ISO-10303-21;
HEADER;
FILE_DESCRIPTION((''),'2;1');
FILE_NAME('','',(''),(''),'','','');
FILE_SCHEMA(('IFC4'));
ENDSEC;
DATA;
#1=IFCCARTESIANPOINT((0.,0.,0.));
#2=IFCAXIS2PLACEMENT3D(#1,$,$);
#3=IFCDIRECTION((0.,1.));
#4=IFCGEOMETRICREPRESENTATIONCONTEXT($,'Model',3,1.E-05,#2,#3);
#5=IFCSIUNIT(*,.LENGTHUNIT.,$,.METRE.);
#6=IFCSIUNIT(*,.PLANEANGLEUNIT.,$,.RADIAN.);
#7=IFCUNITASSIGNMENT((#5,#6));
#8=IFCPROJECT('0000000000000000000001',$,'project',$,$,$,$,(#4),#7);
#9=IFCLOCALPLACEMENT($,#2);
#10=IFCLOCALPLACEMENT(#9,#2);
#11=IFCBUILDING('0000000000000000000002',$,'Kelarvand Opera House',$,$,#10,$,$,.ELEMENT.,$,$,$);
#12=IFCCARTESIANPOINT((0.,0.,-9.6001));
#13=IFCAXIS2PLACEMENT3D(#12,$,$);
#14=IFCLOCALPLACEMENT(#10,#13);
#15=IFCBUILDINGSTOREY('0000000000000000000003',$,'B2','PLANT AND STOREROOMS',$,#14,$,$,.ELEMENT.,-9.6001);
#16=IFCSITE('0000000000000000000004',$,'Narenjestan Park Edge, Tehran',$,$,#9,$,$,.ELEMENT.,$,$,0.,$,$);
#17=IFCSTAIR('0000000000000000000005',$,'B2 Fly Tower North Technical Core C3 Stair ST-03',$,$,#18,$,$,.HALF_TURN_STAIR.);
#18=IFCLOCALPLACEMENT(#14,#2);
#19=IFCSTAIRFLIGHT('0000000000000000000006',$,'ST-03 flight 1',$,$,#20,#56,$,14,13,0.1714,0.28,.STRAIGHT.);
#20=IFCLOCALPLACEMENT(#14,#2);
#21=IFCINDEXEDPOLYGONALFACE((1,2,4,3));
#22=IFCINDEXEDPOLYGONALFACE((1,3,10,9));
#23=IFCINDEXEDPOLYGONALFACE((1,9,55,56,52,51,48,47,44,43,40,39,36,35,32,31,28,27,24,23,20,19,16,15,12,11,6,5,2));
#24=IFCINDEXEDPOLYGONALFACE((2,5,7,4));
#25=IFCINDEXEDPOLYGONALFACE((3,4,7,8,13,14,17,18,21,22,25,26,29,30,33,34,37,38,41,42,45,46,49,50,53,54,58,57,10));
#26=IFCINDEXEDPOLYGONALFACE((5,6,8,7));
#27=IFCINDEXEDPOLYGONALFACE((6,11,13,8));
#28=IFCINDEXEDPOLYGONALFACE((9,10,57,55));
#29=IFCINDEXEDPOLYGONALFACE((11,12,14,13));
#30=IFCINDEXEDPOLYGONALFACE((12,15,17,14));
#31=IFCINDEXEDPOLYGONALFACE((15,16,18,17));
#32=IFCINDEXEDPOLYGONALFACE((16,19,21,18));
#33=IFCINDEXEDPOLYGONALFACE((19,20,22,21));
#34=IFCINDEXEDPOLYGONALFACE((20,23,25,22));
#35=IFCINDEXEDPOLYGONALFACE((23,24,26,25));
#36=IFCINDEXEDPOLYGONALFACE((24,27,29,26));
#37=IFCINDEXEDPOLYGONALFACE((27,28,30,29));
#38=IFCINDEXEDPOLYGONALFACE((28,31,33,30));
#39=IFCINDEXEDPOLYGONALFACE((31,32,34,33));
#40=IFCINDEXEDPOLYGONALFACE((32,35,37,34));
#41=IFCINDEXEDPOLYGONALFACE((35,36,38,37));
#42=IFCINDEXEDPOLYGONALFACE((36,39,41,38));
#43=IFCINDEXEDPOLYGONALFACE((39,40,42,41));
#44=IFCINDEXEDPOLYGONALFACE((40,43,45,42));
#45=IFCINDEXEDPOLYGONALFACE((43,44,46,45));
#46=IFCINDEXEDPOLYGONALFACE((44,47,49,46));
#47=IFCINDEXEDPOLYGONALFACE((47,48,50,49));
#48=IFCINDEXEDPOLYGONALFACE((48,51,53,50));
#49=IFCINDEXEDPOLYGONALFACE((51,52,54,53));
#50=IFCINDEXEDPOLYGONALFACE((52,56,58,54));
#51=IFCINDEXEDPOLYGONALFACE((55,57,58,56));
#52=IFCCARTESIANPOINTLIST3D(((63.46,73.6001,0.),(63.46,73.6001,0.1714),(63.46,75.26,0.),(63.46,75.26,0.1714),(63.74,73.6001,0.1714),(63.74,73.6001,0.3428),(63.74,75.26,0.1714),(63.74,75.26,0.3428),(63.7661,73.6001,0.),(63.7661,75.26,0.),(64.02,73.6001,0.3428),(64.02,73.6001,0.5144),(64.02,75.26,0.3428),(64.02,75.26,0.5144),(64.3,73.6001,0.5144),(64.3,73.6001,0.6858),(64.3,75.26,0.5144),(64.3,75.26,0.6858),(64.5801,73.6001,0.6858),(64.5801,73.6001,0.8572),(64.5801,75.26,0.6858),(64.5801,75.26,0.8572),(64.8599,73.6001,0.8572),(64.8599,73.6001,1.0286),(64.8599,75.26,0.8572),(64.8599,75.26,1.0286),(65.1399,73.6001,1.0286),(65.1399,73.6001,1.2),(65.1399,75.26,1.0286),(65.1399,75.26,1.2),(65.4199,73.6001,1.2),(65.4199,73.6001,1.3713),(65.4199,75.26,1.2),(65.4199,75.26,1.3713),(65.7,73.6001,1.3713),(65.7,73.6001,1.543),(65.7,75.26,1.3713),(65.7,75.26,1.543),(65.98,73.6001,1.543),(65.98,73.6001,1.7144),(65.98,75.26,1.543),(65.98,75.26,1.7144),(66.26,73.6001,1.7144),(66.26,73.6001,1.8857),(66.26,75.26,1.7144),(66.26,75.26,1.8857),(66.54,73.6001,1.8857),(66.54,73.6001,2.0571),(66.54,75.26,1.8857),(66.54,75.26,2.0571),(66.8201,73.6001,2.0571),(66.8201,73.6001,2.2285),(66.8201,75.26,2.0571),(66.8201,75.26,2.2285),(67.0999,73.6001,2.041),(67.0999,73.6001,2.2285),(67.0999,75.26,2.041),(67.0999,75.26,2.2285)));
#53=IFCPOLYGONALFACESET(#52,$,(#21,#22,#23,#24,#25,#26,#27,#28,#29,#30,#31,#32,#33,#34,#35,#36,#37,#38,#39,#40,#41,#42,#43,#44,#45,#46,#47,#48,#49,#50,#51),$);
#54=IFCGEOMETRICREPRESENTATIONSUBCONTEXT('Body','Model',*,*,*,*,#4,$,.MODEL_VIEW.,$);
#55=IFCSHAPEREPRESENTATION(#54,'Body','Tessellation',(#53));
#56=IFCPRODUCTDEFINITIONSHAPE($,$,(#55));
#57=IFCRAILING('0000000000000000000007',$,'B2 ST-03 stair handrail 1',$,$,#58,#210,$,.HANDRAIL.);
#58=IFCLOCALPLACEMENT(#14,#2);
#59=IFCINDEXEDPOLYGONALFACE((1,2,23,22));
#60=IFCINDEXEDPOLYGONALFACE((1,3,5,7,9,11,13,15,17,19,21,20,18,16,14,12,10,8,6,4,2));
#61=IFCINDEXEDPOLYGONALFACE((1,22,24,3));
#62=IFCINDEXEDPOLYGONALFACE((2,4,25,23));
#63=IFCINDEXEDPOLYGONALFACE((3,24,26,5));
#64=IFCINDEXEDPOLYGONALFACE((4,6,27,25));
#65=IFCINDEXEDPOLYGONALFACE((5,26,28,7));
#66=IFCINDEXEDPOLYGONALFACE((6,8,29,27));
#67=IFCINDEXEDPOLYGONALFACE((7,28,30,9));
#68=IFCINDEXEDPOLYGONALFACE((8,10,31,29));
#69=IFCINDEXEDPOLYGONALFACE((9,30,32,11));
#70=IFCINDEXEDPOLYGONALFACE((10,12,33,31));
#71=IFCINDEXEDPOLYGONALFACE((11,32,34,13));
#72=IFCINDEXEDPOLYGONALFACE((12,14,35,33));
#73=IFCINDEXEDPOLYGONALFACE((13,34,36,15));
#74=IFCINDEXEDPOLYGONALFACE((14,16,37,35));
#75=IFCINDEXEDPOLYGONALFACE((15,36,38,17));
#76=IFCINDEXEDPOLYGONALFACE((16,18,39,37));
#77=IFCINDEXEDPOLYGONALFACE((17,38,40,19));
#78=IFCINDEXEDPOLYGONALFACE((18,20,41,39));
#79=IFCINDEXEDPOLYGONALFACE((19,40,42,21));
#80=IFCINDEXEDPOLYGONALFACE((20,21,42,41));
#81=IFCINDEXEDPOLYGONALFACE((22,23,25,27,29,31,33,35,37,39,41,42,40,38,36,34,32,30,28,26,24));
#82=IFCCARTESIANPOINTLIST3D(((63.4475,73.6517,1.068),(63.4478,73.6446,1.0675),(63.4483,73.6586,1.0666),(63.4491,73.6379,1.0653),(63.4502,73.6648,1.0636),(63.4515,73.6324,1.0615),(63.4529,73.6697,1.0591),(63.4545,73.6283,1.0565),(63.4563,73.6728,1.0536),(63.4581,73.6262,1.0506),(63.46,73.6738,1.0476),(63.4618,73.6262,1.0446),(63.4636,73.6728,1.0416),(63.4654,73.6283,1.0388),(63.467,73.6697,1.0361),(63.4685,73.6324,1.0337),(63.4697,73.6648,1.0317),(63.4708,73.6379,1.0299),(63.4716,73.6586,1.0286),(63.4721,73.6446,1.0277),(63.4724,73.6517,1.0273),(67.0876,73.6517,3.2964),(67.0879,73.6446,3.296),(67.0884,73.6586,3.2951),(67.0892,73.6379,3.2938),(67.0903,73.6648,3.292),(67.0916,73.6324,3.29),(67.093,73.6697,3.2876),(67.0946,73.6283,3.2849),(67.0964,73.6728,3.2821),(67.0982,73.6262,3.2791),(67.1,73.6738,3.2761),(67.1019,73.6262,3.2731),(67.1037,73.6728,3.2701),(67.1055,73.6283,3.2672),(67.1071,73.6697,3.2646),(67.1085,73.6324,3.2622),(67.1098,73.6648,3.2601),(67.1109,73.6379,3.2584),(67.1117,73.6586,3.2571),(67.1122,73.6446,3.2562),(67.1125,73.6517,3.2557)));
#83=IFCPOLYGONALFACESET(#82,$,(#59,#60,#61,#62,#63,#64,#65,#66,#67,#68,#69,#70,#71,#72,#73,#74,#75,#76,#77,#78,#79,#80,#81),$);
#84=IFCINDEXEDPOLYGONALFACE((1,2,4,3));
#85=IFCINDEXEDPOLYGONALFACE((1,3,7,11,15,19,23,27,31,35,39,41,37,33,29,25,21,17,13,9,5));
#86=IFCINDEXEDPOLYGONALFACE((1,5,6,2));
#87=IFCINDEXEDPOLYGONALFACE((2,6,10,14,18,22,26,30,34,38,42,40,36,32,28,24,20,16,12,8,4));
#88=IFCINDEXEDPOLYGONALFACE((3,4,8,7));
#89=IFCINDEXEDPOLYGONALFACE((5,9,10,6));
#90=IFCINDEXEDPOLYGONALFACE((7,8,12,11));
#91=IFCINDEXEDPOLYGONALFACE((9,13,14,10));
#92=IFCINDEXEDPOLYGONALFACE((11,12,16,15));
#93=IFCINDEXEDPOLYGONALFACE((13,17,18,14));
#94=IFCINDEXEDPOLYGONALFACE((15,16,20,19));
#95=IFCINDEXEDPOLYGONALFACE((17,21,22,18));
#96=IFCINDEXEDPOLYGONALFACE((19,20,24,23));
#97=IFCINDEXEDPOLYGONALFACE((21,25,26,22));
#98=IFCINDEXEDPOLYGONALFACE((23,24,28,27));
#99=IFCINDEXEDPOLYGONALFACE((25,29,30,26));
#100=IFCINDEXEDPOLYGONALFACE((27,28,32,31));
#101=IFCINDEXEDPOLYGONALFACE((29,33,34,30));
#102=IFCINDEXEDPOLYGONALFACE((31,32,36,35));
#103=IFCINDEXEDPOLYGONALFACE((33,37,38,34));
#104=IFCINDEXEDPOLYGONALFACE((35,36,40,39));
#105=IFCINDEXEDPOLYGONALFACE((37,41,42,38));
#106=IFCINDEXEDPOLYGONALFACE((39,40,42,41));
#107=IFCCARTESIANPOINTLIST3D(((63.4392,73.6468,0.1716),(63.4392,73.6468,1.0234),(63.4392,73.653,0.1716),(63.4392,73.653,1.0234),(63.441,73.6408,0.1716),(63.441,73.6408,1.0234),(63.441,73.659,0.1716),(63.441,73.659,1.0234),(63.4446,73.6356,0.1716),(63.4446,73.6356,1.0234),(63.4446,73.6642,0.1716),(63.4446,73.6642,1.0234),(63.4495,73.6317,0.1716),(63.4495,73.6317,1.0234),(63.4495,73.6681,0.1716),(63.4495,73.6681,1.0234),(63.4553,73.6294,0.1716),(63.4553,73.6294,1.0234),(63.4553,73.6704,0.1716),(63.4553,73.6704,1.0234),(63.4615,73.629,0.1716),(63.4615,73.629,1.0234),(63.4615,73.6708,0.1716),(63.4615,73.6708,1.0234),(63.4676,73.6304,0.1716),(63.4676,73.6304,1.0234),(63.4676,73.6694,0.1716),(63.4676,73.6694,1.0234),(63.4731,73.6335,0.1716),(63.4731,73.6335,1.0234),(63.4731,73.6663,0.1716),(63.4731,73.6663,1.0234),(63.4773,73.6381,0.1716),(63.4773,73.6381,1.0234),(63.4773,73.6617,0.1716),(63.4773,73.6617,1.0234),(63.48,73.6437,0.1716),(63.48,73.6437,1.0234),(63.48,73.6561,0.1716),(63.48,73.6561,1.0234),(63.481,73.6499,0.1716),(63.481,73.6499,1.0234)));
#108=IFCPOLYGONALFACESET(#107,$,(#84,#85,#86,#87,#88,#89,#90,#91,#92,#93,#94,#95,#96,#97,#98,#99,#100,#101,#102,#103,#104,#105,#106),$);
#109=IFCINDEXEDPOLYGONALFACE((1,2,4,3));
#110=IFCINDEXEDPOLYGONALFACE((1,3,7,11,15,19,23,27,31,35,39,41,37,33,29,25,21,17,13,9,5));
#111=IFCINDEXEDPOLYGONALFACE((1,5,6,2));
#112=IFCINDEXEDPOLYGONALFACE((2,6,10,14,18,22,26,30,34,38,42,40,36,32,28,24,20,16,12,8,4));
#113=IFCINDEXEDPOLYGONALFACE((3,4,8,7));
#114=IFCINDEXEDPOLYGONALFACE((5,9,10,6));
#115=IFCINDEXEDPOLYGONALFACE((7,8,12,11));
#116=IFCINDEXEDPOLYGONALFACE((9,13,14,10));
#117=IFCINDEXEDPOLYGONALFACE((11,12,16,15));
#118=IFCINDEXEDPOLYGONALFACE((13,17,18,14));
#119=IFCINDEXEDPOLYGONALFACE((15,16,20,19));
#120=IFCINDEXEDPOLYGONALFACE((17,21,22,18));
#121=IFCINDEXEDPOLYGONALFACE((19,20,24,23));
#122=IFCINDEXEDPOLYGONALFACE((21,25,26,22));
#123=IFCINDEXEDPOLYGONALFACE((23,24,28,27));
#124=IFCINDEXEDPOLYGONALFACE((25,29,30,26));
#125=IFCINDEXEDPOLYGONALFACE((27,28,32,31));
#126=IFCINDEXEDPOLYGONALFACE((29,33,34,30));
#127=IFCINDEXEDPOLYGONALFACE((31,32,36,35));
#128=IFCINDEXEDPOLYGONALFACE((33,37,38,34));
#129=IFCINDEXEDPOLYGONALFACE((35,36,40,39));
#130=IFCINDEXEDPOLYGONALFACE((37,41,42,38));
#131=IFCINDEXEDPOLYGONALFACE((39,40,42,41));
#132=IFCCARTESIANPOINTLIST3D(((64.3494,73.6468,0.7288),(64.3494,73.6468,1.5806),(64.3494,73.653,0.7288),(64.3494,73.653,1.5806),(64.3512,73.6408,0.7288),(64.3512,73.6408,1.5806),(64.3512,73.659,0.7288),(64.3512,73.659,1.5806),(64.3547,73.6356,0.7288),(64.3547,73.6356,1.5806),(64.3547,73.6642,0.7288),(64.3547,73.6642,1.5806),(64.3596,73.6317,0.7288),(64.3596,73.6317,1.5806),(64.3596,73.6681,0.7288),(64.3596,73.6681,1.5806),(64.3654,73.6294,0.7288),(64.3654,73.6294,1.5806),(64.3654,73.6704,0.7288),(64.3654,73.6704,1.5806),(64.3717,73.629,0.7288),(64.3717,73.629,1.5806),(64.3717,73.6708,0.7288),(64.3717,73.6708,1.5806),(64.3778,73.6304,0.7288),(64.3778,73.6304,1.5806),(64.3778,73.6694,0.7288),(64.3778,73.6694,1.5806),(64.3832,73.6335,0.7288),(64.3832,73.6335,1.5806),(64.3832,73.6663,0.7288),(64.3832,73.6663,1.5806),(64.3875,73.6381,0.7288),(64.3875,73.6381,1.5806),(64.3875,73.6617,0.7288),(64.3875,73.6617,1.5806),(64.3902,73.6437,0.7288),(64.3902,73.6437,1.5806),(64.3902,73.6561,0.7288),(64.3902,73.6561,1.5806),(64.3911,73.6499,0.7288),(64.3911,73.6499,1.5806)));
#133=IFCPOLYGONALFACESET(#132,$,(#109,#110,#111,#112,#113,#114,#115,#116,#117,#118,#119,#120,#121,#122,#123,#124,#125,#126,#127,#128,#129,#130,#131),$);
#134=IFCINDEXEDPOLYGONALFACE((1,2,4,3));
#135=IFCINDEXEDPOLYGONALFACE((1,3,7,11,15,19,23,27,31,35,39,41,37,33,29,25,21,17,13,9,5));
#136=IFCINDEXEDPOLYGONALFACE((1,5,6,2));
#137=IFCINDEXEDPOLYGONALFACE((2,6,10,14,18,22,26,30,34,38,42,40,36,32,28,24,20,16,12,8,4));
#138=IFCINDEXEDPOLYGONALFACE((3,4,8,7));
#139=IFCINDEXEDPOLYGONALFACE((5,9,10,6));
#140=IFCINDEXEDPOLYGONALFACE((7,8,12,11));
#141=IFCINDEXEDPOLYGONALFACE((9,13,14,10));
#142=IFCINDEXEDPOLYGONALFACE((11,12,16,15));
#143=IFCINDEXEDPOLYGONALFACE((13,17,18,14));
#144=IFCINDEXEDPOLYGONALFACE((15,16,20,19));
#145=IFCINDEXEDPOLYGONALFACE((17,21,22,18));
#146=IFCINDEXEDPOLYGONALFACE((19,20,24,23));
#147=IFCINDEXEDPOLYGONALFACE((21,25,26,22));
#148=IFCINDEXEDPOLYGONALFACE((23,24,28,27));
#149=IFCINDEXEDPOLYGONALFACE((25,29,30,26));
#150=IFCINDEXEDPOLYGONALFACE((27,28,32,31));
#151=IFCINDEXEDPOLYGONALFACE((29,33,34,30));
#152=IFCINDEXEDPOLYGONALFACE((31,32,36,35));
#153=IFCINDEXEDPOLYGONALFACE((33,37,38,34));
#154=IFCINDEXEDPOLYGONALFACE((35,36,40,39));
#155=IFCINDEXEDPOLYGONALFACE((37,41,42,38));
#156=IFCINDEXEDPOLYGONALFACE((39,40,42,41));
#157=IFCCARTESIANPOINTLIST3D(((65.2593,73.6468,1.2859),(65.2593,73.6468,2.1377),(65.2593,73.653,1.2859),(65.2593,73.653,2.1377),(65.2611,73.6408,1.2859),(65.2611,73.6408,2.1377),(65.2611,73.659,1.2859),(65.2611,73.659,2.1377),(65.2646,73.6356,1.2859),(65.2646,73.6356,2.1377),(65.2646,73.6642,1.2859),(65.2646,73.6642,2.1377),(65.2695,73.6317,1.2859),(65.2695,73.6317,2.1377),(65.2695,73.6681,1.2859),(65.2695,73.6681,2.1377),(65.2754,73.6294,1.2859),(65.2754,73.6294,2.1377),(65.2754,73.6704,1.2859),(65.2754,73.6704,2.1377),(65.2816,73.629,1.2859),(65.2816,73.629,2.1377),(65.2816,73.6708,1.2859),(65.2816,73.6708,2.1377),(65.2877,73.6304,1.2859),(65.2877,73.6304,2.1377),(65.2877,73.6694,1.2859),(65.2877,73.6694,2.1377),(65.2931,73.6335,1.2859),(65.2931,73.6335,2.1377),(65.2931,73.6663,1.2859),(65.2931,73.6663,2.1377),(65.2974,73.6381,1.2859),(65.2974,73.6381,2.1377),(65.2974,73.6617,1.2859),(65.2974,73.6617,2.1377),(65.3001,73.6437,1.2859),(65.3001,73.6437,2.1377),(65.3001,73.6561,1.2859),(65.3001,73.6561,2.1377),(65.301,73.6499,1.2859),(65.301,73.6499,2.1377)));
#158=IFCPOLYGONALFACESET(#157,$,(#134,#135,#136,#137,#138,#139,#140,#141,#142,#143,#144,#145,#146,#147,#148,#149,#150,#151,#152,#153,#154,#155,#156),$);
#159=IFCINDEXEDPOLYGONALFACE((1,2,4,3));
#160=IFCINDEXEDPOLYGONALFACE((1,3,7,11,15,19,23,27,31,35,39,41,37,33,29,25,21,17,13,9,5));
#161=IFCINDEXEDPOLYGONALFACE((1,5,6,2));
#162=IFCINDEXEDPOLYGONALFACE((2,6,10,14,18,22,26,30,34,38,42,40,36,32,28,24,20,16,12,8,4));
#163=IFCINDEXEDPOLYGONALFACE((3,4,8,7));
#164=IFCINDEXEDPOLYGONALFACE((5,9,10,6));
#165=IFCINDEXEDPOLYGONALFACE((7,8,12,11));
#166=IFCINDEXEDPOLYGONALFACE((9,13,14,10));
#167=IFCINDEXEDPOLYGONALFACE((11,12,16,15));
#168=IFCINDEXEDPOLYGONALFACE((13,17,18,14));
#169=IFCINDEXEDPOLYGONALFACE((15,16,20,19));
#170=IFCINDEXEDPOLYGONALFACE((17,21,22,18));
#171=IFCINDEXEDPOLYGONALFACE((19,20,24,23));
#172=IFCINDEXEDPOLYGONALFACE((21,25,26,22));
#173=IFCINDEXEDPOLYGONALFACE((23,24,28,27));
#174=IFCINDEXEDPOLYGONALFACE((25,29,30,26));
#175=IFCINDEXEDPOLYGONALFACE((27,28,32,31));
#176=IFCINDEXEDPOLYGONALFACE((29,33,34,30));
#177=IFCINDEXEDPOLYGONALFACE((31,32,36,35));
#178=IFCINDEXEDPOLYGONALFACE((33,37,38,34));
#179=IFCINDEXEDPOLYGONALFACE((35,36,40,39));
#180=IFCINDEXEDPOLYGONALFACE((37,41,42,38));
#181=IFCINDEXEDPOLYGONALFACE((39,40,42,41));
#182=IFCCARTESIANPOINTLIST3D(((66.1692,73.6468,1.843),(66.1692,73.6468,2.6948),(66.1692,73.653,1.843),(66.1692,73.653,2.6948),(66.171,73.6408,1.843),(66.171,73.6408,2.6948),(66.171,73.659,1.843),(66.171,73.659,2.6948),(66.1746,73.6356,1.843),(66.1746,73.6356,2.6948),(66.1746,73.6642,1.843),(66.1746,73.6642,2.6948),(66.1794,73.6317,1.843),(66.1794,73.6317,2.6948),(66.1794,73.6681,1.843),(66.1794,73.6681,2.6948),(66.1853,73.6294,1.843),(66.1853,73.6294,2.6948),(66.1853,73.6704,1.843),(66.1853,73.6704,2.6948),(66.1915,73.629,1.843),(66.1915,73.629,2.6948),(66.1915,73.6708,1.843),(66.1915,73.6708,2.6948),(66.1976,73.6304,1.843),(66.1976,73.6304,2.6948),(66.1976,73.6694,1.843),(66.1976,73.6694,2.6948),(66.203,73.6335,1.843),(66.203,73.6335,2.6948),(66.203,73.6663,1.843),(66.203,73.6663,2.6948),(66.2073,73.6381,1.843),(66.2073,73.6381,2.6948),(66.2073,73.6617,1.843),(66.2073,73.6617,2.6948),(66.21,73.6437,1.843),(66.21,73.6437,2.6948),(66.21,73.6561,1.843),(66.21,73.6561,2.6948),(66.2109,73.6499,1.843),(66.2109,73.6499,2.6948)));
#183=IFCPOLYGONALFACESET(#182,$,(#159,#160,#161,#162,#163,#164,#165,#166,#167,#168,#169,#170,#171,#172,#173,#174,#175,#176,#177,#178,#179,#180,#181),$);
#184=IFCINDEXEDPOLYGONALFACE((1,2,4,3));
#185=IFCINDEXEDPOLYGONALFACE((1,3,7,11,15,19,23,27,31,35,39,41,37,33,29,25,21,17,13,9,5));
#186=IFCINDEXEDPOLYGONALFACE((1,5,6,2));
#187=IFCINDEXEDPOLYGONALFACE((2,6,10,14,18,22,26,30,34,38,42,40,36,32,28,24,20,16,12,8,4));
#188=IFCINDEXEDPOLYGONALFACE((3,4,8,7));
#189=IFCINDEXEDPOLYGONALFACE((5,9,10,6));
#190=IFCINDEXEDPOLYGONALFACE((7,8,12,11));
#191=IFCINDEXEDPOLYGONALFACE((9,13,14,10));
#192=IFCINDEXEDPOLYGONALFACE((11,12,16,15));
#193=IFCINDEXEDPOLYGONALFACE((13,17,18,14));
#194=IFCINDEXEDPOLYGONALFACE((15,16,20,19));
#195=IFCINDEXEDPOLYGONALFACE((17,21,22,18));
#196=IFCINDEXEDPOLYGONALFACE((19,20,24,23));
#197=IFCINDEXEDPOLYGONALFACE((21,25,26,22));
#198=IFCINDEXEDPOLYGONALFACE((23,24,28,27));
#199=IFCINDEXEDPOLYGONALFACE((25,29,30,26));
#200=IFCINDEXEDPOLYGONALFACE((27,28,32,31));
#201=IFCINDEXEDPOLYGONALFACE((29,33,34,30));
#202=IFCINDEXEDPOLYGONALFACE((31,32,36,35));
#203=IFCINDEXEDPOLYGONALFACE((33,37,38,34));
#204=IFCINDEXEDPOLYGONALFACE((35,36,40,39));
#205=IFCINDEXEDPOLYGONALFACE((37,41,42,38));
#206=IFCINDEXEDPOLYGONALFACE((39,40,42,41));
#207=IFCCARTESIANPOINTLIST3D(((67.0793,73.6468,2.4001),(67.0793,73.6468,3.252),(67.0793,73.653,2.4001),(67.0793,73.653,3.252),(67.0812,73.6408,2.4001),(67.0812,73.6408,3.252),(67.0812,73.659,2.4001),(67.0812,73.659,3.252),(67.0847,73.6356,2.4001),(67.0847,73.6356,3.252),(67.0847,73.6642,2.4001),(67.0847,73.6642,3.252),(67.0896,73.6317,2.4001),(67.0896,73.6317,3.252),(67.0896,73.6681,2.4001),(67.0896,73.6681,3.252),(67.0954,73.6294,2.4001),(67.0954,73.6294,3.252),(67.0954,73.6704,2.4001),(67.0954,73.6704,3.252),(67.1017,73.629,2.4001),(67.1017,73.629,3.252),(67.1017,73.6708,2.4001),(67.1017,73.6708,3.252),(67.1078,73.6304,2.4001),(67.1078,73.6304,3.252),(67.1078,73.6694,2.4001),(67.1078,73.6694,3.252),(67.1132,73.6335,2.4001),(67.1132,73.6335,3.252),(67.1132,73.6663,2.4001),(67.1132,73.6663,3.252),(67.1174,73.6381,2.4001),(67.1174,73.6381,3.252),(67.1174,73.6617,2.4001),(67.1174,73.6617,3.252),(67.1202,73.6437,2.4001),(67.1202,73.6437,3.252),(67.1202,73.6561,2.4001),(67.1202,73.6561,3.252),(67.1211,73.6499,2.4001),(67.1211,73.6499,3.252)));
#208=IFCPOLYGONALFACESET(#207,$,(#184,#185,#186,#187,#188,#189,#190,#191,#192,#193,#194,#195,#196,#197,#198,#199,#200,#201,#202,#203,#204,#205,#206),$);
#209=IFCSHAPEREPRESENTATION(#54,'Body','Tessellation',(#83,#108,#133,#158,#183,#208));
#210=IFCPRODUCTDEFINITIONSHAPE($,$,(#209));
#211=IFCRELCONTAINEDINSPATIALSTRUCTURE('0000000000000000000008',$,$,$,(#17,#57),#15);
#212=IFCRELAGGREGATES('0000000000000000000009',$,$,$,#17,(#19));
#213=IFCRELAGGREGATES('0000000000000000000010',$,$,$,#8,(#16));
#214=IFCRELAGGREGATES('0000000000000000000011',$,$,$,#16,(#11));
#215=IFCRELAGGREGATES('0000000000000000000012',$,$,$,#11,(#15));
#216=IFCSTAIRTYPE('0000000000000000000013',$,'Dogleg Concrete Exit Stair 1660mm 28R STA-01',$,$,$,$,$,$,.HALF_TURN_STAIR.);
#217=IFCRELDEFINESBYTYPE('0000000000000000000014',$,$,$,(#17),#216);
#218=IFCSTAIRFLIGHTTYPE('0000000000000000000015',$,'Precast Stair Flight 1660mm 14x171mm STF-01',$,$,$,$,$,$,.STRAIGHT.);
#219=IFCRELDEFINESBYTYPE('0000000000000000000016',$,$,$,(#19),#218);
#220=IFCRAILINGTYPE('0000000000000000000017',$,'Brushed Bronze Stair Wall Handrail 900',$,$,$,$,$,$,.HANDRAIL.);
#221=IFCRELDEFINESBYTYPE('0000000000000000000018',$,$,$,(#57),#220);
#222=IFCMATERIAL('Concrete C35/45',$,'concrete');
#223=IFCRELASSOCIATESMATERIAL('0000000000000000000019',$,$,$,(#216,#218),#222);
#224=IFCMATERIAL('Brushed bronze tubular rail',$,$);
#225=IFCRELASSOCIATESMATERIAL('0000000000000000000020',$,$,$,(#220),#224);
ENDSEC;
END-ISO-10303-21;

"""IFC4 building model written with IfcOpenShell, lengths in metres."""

from ifc_helpers import new_model, si_unit, direction, frame, origin, origin_2d, place, context, subcontext, project, spatial, polyline, circle, outline, extrude, material, type_object, element, aggregate, save


model = new_model("IFC4")

# Units and contexts
model_context = context("Model", 3, precision=1e-05, world=origin(), true_north=direction((0.0, 1.0)))
body_context = subcontext(model_context, "Body", "Model", "MODEL_VIEW")
ifc_project = project(units=[si_unit("LENGTHUNIT", "METRE"), si_unit("PLANEANGLEUNIT", "RADIAN")], contexts=[model_context])

# Site, building, storey
site_placement = place(None, origin())
site = spatial("IfcSite", under=ifc_project, at=site_placement, Name="Narenjestan Park Edge, Tehran", CompositionType="ELEMENT", RefElevation=0.0)
building_placement = place(site_placement, origin())
building = spatial("IfcBuilding", under=site, at=building_placement, Name="Kelarvand Opera House", CompositionType="ELEMENT")
storey_placement = place(building_placement, frame((0.0, 0.0, -9.6001)))
storey = spatial("IfcBuildingStorey", under=building, at=storey_placement, Name="B2", Description="PLANT AND STOREROOMS", CompositionType="ELEMENT", Elevation=-9.6001)

# Shared definitions
ifc_material_1 = material(Name="Concrete C35/45", Category="concrete")

# Stair, stair flight
stair_type = type_object("IfcStairType", Name="Dogleg Concrete Exit Stair 1660mm 28R STA-01", PredefinedType="HALF_TURN_STAIR", material=ifc_material_1)
stair_placement = place(storey_placement, origin())
stair = element("IfcStair", 1, at=stair_placement, inside=storey, type_object=stair_type, Name="B2 Fly Tower North Technical Core C3 Stair ST-03", PredefinedType="HALF_TURN_STAIR")
stair_flight_type = type_object("IfcStairFlightType", Name="Precast Stair Flight 1660mm 14x171mm STF-01", PredefinedType="STRAIGHT", material=ifc_material_1)
stair_flight_placement = place(storey_placement, frame((63.46, 74.4299, 0.0), z_axis=(0.0, 0.0, 1.0), x_axis=(1.0, 0.0, 0.0)))
stair_flight = element("IfcStairFlight", 2, at=stair_flight_placement, type_object=stair_flight_type, Name="ST-03 flight 1", NumberOfRisers=14, NumberOfTreads=13, PredefinedType="STRAIGHT", RiserHeight=0.1714, TreadLength=0.28, context=body_context, shape_type="SweptSolid", body=[
    extrude(outline(polyline([(0.0, 0.0), (0.0, 0.1714), (0.28, 0.1714), (0.28, 0.3428), (0.5601, 0.3428), (0.5601, 0.5144), (0.8401, 0.5144), (0.8401, 0.6858), (1.1201, 0.6858), (1.1201, 0.8572), (1.3999, 0.8572), (1.3999, 1.0286), (1.6799, 1.0286), (1.6799, 1.2), (1.96, 1.2), (1.96, 1.3713), (2.24, 1.3713), (2.24, 1.543), (2.52, 1.543), (2.52, 1.7144), (2.8, 1.7144), (2.8, 1.8857), (3.0801, 1.8857), (3.0801, 2.0571), (3.3601, 2.0571), (3.3601, 2.2285), (3.6399, 2.2285), (3.6399, 2.3999), (3.6399, 2.041), (0.3062, 0.0), (0.0, 0.0)])), frame((0.0, 0.8301, 0.0), z_axis=(0.0, -1.0, 0.0), x_axis=(1.0, 0.0, 0.0)), (0.0, 0.0, 1.0), 1.6599),
])
aggregate(stair, [stair_flight])

# Railing
ifc_material_2 = material(Name="Brushed bronze tubular rail")
railing_type_1 = type_object("IfcRailingType", Name="Brushed Bronze Stair Wall Handrail 900", PredefinedType="HANDRAIL", material=ifc_material_2)
railing_1_placement = place(storey_placement, frame((63.46, 73.6499, 0.1716)))
element("IfcRailing", 3, at=railing_1_placement, inside=storey, type_object=railing_type_1, Name="B2 ST-03 stair handrail 1", PredefinedType="HANDRAIL", context=body_context, shape_type="SweptSolid", body=[
    extrude(circle(Radius=0.0239, at=origin_2d()), frame((0.0, 0.0, 0.876), z_axis=(0.852866, 0.0, 0.52213), x_axis=(0.0, 1.0, 0.0)), (0.0, 0.0, 1.0), 4.2681),
    extrude(circle(Radius=0.021, at=origin_2d()), origin(), (0.0, 0.0, 1.0), 0.8518),
    extrude(circle(Radius=0.021, at=origin_2d()), frame((0.9102, 0.0, 0.5571)), (0.0, 0.0, 1.0), 0.8518),
    extrude(circle(Radius=0.021, at=origin_2d()), frame((1.8201, 0.0, 1.1143)), (0.0, 0.0, 1.0), 0.8518),
    extrude(circle(Radius=0.021, at=origin_2d()), frame((2.73, 0.0, 1.6714)), (0.0, 0.0, 1.0), 0.8518),
    extrude(circle(Radius=0.021, at=origin_2d()), frame((3.6401, 0.0, 2.2285)), (0.0, 0.0, 1.0), 0.8518),
])

save(model, "model.ifc")
